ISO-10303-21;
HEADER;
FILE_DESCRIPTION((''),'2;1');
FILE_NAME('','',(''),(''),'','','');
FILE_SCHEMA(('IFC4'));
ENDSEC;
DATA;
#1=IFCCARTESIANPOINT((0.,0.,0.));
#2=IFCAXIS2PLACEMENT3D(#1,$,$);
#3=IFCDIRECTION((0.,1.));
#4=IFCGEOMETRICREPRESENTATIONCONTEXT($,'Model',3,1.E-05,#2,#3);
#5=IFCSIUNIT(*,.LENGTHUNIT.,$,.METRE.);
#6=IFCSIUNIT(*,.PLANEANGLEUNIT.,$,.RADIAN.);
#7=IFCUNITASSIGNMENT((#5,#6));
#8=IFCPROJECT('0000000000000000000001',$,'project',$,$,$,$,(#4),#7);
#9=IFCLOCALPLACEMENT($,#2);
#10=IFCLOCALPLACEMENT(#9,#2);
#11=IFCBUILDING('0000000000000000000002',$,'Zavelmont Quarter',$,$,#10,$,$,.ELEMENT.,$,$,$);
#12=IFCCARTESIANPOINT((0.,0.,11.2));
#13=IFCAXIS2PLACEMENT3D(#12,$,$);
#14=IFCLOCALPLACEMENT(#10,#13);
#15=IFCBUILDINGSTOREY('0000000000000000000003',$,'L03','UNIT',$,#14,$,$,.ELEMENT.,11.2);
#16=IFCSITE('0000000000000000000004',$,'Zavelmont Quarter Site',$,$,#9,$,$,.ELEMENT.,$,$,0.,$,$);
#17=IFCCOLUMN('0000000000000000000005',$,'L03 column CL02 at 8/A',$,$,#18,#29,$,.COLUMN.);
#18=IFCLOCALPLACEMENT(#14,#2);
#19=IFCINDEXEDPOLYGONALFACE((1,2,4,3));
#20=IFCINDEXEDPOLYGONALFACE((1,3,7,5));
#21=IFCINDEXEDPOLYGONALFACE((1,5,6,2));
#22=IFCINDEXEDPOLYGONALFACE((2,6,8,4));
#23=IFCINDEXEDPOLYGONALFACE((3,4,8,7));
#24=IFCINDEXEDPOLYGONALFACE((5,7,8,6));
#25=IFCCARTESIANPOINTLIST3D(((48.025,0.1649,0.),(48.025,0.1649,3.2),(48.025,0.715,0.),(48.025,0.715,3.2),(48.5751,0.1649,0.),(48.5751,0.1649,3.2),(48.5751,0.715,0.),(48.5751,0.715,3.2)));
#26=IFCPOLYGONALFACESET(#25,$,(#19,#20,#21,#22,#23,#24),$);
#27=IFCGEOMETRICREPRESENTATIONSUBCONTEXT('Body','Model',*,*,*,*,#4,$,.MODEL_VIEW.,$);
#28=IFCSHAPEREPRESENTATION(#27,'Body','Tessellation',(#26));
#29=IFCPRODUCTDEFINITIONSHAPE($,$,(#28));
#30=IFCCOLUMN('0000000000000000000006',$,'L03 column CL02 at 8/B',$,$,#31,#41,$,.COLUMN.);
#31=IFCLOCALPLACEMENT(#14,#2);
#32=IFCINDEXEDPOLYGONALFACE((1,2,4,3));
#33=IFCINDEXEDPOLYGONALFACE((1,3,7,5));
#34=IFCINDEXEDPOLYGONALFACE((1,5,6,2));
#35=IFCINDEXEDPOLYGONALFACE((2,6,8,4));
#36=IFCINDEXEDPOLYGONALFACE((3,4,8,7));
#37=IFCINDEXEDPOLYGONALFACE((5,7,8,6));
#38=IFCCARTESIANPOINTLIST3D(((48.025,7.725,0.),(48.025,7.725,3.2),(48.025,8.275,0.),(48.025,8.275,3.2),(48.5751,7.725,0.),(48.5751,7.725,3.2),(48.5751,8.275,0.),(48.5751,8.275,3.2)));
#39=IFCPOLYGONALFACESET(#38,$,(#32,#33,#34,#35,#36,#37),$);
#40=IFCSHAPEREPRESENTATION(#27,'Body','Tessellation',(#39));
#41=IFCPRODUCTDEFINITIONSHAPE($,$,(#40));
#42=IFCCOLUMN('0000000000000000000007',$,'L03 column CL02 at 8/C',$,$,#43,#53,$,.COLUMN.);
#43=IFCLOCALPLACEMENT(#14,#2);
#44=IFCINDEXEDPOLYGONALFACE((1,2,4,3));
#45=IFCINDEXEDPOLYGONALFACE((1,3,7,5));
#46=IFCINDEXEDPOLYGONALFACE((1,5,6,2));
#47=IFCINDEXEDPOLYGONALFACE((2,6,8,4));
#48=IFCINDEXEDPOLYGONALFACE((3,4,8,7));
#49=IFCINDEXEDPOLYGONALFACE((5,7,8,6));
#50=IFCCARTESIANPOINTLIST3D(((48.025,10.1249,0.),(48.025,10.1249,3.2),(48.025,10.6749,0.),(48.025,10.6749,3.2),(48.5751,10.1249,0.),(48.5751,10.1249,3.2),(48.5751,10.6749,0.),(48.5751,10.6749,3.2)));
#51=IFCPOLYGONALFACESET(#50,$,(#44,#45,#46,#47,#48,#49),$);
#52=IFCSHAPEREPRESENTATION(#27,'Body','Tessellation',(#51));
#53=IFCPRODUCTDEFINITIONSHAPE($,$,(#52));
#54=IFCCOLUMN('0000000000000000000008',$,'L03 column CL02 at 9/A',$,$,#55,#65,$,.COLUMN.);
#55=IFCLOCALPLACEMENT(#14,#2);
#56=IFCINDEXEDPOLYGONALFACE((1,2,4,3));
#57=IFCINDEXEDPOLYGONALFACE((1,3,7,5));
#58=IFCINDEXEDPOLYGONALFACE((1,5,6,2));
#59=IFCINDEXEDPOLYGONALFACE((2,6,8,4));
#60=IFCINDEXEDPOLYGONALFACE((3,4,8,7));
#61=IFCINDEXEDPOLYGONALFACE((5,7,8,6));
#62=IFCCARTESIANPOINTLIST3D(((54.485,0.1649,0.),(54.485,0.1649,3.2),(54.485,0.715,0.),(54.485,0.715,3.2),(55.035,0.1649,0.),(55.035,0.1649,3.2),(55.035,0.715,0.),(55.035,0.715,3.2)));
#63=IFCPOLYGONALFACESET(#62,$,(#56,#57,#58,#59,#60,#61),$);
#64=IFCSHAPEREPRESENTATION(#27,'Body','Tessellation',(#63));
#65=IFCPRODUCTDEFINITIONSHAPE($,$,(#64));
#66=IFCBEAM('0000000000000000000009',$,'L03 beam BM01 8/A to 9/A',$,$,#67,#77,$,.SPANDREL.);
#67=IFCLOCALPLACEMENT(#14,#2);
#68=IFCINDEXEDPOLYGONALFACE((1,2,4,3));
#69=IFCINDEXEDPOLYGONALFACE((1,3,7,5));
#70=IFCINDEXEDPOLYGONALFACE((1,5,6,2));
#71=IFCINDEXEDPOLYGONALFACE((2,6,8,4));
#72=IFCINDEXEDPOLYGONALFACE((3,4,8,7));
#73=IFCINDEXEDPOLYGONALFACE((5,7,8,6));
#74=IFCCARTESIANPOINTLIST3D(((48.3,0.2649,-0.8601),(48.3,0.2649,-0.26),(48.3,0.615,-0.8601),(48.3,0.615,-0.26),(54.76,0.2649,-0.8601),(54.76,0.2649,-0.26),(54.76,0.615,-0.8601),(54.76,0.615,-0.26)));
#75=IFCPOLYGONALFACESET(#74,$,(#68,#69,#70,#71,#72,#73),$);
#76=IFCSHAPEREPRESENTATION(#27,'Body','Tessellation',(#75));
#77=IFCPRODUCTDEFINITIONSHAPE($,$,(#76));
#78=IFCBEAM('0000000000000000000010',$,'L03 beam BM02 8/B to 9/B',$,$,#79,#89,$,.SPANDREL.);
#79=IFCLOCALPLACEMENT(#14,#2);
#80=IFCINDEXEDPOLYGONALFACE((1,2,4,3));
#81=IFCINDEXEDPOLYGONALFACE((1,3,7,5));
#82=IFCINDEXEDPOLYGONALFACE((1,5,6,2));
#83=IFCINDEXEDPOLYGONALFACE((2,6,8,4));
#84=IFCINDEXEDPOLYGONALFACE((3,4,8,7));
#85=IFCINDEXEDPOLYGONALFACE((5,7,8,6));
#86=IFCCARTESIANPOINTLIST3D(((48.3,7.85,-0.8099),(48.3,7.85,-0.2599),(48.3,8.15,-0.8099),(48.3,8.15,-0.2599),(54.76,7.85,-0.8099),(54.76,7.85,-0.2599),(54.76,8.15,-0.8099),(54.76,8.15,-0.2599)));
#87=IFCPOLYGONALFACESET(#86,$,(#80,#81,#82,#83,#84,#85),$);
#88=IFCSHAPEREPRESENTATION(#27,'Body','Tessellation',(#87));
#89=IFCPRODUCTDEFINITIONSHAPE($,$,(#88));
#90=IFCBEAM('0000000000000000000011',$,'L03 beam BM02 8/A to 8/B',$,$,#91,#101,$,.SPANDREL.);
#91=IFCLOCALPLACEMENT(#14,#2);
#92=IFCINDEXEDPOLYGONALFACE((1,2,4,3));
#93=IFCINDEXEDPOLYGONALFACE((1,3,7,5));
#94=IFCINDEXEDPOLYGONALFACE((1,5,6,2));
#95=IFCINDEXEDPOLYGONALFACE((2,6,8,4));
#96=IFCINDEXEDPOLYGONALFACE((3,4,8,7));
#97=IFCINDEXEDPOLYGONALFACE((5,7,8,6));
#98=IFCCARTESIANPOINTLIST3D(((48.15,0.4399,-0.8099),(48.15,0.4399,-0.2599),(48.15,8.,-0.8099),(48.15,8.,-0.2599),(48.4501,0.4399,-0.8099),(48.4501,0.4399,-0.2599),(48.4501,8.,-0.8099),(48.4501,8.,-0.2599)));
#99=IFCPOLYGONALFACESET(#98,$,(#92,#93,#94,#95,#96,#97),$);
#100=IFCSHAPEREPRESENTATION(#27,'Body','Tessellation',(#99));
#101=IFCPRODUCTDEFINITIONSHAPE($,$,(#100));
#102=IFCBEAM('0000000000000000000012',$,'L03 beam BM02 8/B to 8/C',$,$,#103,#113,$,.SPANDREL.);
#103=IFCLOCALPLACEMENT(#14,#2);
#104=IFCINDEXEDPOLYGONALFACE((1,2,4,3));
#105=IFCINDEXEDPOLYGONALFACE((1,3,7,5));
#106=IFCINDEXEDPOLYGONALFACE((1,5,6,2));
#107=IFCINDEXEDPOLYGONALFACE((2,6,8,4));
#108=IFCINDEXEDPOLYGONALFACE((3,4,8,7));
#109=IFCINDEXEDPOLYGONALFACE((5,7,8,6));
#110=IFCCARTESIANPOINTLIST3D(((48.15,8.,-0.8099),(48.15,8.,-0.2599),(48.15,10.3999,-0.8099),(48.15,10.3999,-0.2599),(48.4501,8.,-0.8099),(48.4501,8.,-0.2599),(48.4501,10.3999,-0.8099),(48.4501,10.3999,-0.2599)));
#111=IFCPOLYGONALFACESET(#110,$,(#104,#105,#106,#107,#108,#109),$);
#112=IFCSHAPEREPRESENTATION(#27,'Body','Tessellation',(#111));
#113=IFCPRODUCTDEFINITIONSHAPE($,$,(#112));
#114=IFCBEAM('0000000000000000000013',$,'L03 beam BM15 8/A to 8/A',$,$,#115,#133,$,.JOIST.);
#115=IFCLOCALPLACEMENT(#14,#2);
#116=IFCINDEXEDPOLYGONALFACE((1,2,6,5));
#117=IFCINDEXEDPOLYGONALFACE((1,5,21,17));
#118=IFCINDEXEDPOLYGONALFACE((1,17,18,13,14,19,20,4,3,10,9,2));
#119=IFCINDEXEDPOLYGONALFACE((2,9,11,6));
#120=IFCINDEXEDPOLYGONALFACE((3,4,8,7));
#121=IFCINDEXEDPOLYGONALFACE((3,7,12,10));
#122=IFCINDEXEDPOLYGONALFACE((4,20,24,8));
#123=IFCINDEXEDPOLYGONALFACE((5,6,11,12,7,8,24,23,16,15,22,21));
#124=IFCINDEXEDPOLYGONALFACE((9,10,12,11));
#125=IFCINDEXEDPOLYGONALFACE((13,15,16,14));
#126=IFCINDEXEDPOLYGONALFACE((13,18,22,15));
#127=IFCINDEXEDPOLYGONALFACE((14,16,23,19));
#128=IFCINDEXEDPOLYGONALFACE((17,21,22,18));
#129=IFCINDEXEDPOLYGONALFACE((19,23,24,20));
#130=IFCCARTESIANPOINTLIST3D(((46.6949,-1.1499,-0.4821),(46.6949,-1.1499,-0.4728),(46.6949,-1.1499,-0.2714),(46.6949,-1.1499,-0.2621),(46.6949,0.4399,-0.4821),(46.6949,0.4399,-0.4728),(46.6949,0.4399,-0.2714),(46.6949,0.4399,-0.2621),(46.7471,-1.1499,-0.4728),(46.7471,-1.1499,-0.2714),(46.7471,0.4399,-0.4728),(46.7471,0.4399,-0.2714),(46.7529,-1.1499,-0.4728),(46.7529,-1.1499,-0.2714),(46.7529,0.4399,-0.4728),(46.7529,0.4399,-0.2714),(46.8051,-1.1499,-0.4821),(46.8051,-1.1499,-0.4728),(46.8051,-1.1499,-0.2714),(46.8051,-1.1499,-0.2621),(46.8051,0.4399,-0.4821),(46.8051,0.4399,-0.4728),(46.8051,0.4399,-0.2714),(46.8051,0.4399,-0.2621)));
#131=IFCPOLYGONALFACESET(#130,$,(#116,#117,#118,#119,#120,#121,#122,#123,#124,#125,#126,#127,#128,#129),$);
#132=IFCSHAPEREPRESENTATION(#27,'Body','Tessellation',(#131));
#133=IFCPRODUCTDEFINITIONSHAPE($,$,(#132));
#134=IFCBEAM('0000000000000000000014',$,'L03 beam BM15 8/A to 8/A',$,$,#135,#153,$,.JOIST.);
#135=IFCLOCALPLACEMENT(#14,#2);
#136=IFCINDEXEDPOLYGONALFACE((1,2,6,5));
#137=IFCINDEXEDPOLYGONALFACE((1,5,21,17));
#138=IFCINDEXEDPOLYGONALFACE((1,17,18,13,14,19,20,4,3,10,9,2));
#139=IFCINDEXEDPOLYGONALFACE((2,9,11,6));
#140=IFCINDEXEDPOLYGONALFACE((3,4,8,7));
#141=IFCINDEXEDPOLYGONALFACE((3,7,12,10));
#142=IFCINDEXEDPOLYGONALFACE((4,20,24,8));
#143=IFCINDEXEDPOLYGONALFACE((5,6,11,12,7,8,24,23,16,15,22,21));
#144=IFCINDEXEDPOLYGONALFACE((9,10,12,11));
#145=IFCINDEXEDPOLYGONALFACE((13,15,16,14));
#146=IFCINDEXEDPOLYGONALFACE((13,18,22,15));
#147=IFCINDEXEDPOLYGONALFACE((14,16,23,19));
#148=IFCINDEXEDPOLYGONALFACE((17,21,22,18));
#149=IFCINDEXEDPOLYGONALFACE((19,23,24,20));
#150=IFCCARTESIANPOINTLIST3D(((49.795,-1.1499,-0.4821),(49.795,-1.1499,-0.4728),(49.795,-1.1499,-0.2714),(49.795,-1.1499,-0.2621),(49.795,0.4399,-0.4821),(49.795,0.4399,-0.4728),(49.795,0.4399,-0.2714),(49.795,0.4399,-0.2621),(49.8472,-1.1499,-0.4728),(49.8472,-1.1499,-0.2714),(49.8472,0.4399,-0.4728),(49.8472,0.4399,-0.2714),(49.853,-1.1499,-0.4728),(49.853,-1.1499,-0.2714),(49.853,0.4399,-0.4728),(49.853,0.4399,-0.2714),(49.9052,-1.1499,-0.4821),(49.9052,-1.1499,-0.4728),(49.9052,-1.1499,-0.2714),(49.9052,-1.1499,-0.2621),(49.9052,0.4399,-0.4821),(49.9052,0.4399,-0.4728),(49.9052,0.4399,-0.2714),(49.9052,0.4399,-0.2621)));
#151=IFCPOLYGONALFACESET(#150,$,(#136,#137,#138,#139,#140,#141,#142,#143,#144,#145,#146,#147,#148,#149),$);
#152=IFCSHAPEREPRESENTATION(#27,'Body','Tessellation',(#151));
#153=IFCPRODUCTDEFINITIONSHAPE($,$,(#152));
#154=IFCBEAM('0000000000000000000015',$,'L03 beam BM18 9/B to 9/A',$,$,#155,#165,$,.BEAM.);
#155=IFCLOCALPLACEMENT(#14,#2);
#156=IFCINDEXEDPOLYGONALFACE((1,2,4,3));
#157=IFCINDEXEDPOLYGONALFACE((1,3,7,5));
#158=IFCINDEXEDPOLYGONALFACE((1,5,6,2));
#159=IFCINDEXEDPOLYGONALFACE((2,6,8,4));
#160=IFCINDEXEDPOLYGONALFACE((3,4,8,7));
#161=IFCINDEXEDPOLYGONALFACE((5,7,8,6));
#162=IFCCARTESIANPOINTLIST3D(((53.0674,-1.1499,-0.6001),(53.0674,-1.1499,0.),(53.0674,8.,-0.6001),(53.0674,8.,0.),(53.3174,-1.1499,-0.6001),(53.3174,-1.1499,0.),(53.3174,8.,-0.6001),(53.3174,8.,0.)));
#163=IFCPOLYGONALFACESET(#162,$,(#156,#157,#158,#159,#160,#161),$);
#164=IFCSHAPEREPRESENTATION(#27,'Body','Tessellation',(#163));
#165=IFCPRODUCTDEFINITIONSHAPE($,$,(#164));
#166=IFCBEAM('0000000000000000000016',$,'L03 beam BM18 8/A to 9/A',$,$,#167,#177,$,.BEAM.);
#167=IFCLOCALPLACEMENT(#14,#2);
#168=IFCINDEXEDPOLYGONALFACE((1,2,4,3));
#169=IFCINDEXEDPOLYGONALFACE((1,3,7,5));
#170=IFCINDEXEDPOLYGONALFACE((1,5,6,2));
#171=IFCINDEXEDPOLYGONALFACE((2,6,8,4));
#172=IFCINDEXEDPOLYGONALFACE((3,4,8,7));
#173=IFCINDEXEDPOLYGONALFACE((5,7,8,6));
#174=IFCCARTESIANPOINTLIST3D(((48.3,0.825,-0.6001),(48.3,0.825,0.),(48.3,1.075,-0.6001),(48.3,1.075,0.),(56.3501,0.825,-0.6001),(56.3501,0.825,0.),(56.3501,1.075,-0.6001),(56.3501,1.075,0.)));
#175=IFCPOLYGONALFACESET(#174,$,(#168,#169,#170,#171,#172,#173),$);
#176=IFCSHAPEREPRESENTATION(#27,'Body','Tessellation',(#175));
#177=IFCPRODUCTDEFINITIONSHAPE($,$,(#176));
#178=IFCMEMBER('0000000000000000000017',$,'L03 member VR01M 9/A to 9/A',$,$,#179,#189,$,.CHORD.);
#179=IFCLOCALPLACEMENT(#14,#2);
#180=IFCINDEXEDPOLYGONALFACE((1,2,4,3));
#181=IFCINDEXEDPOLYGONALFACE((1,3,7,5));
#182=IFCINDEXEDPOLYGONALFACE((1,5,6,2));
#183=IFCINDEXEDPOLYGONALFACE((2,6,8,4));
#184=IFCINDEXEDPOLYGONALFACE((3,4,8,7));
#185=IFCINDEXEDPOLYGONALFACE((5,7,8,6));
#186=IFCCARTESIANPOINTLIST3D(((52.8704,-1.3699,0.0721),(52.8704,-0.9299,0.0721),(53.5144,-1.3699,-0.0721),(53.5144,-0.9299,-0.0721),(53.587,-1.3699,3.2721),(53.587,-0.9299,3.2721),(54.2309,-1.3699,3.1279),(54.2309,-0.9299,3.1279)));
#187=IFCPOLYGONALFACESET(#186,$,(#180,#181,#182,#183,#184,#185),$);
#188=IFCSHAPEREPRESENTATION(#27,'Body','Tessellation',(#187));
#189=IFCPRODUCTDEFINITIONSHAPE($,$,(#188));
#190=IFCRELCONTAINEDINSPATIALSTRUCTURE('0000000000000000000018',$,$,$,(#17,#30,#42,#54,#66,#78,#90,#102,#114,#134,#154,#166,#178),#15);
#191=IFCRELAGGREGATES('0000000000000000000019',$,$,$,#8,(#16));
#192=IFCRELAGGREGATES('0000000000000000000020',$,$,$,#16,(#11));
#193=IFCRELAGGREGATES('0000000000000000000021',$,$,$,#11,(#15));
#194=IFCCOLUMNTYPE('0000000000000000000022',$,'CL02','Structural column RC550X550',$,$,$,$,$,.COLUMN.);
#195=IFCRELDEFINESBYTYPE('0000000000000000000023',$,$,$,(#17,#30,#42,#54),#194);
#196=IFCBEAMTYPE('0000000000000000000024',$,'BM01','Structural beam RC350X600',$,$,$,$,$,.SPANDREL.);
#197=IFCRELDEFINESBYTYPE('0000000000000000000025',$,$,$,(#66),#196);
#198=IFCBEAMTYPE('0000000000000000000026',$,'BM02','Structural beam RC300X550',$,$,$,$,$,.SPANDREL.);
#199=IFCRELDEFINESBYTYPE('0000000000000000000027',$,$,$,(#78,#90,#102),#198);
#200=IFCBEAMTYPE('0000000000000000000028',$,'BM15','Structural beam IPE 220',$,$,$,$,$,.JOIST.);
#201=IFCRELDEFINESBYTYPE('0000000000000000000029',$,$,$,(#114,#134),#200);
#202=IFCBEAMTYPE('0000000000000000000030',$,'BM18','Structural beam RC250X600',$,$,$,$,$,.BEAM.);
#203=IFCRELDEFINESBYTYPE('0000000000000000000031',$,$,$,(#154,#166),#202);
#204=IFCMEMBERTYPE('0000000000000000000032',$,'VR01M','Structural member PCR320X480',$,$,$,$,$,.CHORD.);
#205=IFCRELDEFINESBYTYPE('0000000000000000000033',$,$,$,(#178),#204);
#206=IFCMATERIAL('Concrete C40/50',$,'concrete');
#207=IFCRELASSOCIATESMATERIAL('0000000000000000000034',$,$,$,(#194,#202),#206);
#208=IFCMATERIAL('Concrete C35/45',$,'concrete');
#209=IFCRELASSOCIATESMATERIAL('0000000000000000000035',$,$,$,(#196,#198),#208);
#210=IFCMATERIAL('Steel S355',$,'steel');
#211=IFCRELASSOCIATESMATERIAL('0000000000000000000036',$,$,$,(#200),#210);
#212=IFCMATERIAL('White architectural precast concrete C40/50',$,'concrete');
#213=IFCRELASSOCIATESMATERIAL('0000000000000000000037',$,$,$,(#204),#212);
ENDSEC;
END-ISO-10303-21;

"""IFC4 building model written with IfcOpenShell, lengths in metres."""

from ifc_helpers import new_model, si_unit, direction, frame, origin, origin_2d, place, context, subcontext, project, spatial, rectangle, i_section, extrude, material, material_profile, profile_set, type_object, element, save


model = new_model("IFC4")

# Units and contexts
model_context = context("Model", 3, precision=1e-05, world=origin(), true_north=direction((0.0, 1.0)))
body_context = subcontext(model_context, "Body", "Model", "MODEL_VIEW")
ifc_project = project(units=[si_unit("LENGTHUNIT", "METRE"), si_unit("PLANEANGLEUNIT", "RADIAN")], contexts=[model_context])

# Site, building, storey
site_placement = place(None, origin())
site = spatial("IfcSite", under=ifc_project, at=site_placement, Name="Zavelmont Quarter Site", CompositionType="ELEMENT", RefElevation=0.0)
building_placement = place(site_placement, origin())
building = spatial("IfcBuilding", under=site, at=building_placement, Name="Zavelmont Quarter", CompositionType="ELEMENT")
storey_placement = place(building_placement, frame((0.0, 0.0, 11.2)))
storey = spatial("IfcBuildingStorey", under=building, at=storey_placement, Name="L03", Description="UNIT", CompositionType="ELEMENT", Elevation=11.2)

# Columns
ifc_material_1 = material(Name="Concrete C40/50", Category="concrete")
ifc_material_profile_1 = material_profile(ifc_material_1, rectangle(XDim=0.55, YDim=0.55, at=origin_2d()), Name="RC550X550")
ifc_profile_set_1 = profile_set([ifc_material_profile_1], Name="Concrete C40/50")
column_type = type_object("IfcColumnType", Name="CL02", Description="Structural column RC550X550", PredefinedType="COLUMN", material=ifc_profile_set_1)
for number, where, z_axis, x_axis, name in (
    (1, (48.3, 0.4399, 0.0), (0.0, 0.0, 1.0), (1.0, 0.0, 0.0), "L03 column CL02 at 8/A"),
    (2, (48.3, 8.0, 0.0), (0.0, 0.0, 1.0), (1.0, 0.0, 0.0), "L03 column CL02 at 8/B"),
    (3, (48.3, 10.3999, 0.0), (0.0, 0.0, 1.0), (1.0, 0.0, 0.0), "L03 column CL02 at 8/C"),
    (4, (54.76, 0.4399, 0.0), (0.0, 0.0, 1.0), (1.0, 0.0, 0.0), "L03 column CL02 at 9/A"),
):
    element("IfcColumn", number, at=place(storey_placement, frame(where, z_axis=z_axis, x_axis=x_axis)), inside=storey, type_object=column_type, Name=name, PredefinedType="COLUMN", context=body_context, shape_type="SweptSolid", body=[
        extrude(rectangle(XDim=0.55, YDim=0.55, at=origin_2d()), origin(), (0.0, 0.0, 1.0), 3.2),
    ])

# Beams
ifc_material_2 = material(Name="Concrete C35/45", Category="concrete")
ifc_material_profile_2 = material_profile(ifc_material_2, rectangle(XDim=0.3501, YDim=0.6001, at=origin_2d()), Name="RC350X600")
ifc_profile_set_2 = profile_set([ifc_material_profile_2], Name="Concrete C35/45")
beam_type_1 = type_object("IfcBeamType", Name="BM01", Description="Structural beam RC350X600", PredefinedType="SPANDREL", material=ifc_profile_set_2)
beam_1_placement = place(storey_placement, frame((48.3, 0.4399, -0.5601), z_axis=(1.0, 0.0, 0.0), x_axis=(0.0, 1.0, 0.0)))
element("IfcBeam", 5, at=beam_1_placement, inside=storey, type_object=beam_type_1, Name="L03 beam BM01 8/A to 9/A", PredefinedType="SPANDREL", context=body_context, shape_type="SweptSolid", body=[
    extrude(rectangle(XDim=0.3501, YDim=0.6001, at=origin_2d()), origin(), (0.0, 0.0, 1.0), 6.46),
])
ifc_material_profile_3 = material_profile(ifc_material_2, rectangle(XDim=0.3, YDim=0.55, at=origin_2d()), Name="RC300X550")
ifc_profile_set_3 = profile_set([ifc_material_profile_3], Name="Concrete C35/45")
beam_type_2 = type_object("IfcBeamType", Name="BM02", Description="Structural beam RC300X550", PredefinedType="SPANDREL", material=ifc_profile_set_3)
beam_2_placement = place(storey_placement, frame((48.3, 8.0, -0.5349), z_axis=(1.0, 0.0, 0.0), x_axis=(0.0, 1.0, 0.0)))
element("IfcBeam", 6, at=beam_2_placement, inside=storey, type_object=beam_type_2, Name="L03 beam BM02 8/B to 9/B", PredefinedType="SPANDREL", context=body_context, shape_type="SweptSolid", body=[
    extrude(rectangle(XDim=0.3, YDim=0.55, at=origin_2d()), origin(), (0.0, 0.0, 1.0), 6.46),
])
beam_3_placement = place(storey_placement, frame((48.3, 0.4399, -0.5349), z_axis=(0.0, 1.0, 0.0), x_axis=(-1.0, 0.0, 0.0)))
element("IfcBeam", 7, at=beam_3_placement, inside=storey, type_object=beam_type_2, Name="L03 beam BM02 8/A to 8/B", PredefinedType="SPANDREL", context=body_context, shape_type="SweptSolid", body=[
    extrude(rectangle(XDim=0.3, YDim=0.55, at=origin_2d()), origin(), (0.0, 0.0, 1.0), 7.5601),
])
beam_4_placement = place(storey_placement, frame((48.3, 8.0, -0.5349), z_axis=(0.0, 1.0, 0.0), x_axis=(-1.0, 0.0, 0.0)))
element("IfcBeam", 8, at=beam_4_placement, inside=storey, type_object=beam_type_2, Name="L03 beam BM02 8/B to 8/C", PredefinedType="SPANDREL", context=body_context, shape_type="SweptSolid", body=[
    extrude(rectangle(XDim=0.3, YDim=0.55, at=origin_2d()), origin(), (0.0, 0.0, 1.0), 2.3999),
])
ifc_material_3 = material(Name="Steel S355", Category="steel")
ifc_material_profile_4 = material_profile(ifc_material_3, i_section(OverallWidth=0.1101, OverallDepth=0.22, WebThickness=0.0059, FlangeThickness=0.0093, at=origin_2d()), Name="IPE 220")
ifc_profile_set_4 = profile_set([ifc_material_profile_4], Name="Steel S355")
beam_type_3 = type_object("IfcBeamType", Name="BM15", Description="Structural beam IPE 220", PredefinedType="JOIST", material=ifc_profile_set_4)
for number, where, z_axis, x_axis, name in (
    (9, (46.75, 0.4399, -0.3721), (0.0, -1.0, 0.0), (1.0, 0.0, 0.0), "L03 beam BM15 8/A to 8/A"),
    (10, (49.8501, 0.4399, -0.3721), (0.0, -1.0, 0.0), (1.0, 0.0, 0.0), "L03 beam BM15 8/A to 8/A"),
):
    element("IfcBeam", number, at=place(storey_placement, frame(where, z_axis=z_axis, x_axis=x_axis)), inside=storey, type_object=beam_type_3, Name=name, PredefinedType="JOIST", context=body_context, shape_type="SweptSolid", body=[
        extrude(i_section(OverallWidth=0.1101, OverallDepth=0.22, WebThickness=0.0059, FlangeThickness=0.0093, at=origin_2d()), origin(), (0.0, 0.0, 1.0), 1.5898),
    ])
ifc_material_profile_5 = material_profile(ifc_material_1, rectangle(XDim=0.25, YDim=0.6001, at=origin_2d()), Name="RC250X600")
ifc_profile_set_5 = profile_set([ifc_material_profile_5], Name="Concrete C40/50")
beam_type_4 = type_object("IfcBeamType", Name="BM18", Description="Structural beam RC250X600", PredefinedType="BEAM", material=ifc_profile_set_5)
beam_5_placement = place(storey_placement, frame((53.1924, 8.0, -0.3), z_axis=(0.0, -1.0, 0.0), x_axis=(1.0, 0.0, 0.0)))
element("IfcBeam", 11, at=beam_5_placement, inside=storey, type_object=beam_type_4, Name="L03 beam BM18 9/B to 9/A", PredefinedType="BEAM", context=body_context, shape_type="SweptSolid", body=[
    extrude(rectangle(XDim=0.25, YDim=0.6001, at=origin_2d()), origin(), (0.0, 0.0, 1.0), 9.1499),
])
beam_6_placement = place(storey_placement, frame((48.3, 0.95, -0.3), z_axis=(1.0, 0.0, 0.0), x_axis=(0.0, 1.0, 0.0)))
element("IfcBeam", 12, at=beam_6_placement, inside=storey, type_object=beam_type_4, Name="L03 beam BM18 8/A to 9/A", PredefinedType="BEAM", context=body_context, shape_type="SweptSolid", body=[
    extrude(rectangle(XDim=0.25, YDim=0.6001, at=origin_2d()), origin(), (0.0, 0.0, 1.0), 8.05),
])

# Member
ifc_material_4 = material(Name="White architectural precast concrete C40/50", Category="concrete")
ifc_material_profile_6 = material_profile(ifc_material_4, rectangle(XDim=0.4399, YDim=0.6599, at=origin_2d()), Name="PCR320X480")
ifc_profile_set_6 = profile_set([ifc_material_profile_6], Name="White architectural precast concrete C40/50")
member_type = type_object("IfcMemberType", Name="VR01M", Description="Structural member PCR320X480", PredefinedType="CHORD", material=ifc_profile_set_6)
member_placement = place(storey_placement, frame((53.1924, -1.1499, 0.0), z_axis=(0.218515, 0.0, 0.975834), x_axis=(0.0, 1.0, 0.0)))
element("IfcMember", 13, at=member_placement, inside=storey, type_object=member_type, Name="L03 member VR01M 9/A to 9/A", PredefinedType="CHORD", context=body_context, shape_type="SweptSolid", body=[
    extrude(rectangle(XDim=0.4399, YDim=0.6599, at=origin_2d()), origin(), (0.0, 0.0, 1.0), 3.2793),
])

save(model, "model.ifc")
